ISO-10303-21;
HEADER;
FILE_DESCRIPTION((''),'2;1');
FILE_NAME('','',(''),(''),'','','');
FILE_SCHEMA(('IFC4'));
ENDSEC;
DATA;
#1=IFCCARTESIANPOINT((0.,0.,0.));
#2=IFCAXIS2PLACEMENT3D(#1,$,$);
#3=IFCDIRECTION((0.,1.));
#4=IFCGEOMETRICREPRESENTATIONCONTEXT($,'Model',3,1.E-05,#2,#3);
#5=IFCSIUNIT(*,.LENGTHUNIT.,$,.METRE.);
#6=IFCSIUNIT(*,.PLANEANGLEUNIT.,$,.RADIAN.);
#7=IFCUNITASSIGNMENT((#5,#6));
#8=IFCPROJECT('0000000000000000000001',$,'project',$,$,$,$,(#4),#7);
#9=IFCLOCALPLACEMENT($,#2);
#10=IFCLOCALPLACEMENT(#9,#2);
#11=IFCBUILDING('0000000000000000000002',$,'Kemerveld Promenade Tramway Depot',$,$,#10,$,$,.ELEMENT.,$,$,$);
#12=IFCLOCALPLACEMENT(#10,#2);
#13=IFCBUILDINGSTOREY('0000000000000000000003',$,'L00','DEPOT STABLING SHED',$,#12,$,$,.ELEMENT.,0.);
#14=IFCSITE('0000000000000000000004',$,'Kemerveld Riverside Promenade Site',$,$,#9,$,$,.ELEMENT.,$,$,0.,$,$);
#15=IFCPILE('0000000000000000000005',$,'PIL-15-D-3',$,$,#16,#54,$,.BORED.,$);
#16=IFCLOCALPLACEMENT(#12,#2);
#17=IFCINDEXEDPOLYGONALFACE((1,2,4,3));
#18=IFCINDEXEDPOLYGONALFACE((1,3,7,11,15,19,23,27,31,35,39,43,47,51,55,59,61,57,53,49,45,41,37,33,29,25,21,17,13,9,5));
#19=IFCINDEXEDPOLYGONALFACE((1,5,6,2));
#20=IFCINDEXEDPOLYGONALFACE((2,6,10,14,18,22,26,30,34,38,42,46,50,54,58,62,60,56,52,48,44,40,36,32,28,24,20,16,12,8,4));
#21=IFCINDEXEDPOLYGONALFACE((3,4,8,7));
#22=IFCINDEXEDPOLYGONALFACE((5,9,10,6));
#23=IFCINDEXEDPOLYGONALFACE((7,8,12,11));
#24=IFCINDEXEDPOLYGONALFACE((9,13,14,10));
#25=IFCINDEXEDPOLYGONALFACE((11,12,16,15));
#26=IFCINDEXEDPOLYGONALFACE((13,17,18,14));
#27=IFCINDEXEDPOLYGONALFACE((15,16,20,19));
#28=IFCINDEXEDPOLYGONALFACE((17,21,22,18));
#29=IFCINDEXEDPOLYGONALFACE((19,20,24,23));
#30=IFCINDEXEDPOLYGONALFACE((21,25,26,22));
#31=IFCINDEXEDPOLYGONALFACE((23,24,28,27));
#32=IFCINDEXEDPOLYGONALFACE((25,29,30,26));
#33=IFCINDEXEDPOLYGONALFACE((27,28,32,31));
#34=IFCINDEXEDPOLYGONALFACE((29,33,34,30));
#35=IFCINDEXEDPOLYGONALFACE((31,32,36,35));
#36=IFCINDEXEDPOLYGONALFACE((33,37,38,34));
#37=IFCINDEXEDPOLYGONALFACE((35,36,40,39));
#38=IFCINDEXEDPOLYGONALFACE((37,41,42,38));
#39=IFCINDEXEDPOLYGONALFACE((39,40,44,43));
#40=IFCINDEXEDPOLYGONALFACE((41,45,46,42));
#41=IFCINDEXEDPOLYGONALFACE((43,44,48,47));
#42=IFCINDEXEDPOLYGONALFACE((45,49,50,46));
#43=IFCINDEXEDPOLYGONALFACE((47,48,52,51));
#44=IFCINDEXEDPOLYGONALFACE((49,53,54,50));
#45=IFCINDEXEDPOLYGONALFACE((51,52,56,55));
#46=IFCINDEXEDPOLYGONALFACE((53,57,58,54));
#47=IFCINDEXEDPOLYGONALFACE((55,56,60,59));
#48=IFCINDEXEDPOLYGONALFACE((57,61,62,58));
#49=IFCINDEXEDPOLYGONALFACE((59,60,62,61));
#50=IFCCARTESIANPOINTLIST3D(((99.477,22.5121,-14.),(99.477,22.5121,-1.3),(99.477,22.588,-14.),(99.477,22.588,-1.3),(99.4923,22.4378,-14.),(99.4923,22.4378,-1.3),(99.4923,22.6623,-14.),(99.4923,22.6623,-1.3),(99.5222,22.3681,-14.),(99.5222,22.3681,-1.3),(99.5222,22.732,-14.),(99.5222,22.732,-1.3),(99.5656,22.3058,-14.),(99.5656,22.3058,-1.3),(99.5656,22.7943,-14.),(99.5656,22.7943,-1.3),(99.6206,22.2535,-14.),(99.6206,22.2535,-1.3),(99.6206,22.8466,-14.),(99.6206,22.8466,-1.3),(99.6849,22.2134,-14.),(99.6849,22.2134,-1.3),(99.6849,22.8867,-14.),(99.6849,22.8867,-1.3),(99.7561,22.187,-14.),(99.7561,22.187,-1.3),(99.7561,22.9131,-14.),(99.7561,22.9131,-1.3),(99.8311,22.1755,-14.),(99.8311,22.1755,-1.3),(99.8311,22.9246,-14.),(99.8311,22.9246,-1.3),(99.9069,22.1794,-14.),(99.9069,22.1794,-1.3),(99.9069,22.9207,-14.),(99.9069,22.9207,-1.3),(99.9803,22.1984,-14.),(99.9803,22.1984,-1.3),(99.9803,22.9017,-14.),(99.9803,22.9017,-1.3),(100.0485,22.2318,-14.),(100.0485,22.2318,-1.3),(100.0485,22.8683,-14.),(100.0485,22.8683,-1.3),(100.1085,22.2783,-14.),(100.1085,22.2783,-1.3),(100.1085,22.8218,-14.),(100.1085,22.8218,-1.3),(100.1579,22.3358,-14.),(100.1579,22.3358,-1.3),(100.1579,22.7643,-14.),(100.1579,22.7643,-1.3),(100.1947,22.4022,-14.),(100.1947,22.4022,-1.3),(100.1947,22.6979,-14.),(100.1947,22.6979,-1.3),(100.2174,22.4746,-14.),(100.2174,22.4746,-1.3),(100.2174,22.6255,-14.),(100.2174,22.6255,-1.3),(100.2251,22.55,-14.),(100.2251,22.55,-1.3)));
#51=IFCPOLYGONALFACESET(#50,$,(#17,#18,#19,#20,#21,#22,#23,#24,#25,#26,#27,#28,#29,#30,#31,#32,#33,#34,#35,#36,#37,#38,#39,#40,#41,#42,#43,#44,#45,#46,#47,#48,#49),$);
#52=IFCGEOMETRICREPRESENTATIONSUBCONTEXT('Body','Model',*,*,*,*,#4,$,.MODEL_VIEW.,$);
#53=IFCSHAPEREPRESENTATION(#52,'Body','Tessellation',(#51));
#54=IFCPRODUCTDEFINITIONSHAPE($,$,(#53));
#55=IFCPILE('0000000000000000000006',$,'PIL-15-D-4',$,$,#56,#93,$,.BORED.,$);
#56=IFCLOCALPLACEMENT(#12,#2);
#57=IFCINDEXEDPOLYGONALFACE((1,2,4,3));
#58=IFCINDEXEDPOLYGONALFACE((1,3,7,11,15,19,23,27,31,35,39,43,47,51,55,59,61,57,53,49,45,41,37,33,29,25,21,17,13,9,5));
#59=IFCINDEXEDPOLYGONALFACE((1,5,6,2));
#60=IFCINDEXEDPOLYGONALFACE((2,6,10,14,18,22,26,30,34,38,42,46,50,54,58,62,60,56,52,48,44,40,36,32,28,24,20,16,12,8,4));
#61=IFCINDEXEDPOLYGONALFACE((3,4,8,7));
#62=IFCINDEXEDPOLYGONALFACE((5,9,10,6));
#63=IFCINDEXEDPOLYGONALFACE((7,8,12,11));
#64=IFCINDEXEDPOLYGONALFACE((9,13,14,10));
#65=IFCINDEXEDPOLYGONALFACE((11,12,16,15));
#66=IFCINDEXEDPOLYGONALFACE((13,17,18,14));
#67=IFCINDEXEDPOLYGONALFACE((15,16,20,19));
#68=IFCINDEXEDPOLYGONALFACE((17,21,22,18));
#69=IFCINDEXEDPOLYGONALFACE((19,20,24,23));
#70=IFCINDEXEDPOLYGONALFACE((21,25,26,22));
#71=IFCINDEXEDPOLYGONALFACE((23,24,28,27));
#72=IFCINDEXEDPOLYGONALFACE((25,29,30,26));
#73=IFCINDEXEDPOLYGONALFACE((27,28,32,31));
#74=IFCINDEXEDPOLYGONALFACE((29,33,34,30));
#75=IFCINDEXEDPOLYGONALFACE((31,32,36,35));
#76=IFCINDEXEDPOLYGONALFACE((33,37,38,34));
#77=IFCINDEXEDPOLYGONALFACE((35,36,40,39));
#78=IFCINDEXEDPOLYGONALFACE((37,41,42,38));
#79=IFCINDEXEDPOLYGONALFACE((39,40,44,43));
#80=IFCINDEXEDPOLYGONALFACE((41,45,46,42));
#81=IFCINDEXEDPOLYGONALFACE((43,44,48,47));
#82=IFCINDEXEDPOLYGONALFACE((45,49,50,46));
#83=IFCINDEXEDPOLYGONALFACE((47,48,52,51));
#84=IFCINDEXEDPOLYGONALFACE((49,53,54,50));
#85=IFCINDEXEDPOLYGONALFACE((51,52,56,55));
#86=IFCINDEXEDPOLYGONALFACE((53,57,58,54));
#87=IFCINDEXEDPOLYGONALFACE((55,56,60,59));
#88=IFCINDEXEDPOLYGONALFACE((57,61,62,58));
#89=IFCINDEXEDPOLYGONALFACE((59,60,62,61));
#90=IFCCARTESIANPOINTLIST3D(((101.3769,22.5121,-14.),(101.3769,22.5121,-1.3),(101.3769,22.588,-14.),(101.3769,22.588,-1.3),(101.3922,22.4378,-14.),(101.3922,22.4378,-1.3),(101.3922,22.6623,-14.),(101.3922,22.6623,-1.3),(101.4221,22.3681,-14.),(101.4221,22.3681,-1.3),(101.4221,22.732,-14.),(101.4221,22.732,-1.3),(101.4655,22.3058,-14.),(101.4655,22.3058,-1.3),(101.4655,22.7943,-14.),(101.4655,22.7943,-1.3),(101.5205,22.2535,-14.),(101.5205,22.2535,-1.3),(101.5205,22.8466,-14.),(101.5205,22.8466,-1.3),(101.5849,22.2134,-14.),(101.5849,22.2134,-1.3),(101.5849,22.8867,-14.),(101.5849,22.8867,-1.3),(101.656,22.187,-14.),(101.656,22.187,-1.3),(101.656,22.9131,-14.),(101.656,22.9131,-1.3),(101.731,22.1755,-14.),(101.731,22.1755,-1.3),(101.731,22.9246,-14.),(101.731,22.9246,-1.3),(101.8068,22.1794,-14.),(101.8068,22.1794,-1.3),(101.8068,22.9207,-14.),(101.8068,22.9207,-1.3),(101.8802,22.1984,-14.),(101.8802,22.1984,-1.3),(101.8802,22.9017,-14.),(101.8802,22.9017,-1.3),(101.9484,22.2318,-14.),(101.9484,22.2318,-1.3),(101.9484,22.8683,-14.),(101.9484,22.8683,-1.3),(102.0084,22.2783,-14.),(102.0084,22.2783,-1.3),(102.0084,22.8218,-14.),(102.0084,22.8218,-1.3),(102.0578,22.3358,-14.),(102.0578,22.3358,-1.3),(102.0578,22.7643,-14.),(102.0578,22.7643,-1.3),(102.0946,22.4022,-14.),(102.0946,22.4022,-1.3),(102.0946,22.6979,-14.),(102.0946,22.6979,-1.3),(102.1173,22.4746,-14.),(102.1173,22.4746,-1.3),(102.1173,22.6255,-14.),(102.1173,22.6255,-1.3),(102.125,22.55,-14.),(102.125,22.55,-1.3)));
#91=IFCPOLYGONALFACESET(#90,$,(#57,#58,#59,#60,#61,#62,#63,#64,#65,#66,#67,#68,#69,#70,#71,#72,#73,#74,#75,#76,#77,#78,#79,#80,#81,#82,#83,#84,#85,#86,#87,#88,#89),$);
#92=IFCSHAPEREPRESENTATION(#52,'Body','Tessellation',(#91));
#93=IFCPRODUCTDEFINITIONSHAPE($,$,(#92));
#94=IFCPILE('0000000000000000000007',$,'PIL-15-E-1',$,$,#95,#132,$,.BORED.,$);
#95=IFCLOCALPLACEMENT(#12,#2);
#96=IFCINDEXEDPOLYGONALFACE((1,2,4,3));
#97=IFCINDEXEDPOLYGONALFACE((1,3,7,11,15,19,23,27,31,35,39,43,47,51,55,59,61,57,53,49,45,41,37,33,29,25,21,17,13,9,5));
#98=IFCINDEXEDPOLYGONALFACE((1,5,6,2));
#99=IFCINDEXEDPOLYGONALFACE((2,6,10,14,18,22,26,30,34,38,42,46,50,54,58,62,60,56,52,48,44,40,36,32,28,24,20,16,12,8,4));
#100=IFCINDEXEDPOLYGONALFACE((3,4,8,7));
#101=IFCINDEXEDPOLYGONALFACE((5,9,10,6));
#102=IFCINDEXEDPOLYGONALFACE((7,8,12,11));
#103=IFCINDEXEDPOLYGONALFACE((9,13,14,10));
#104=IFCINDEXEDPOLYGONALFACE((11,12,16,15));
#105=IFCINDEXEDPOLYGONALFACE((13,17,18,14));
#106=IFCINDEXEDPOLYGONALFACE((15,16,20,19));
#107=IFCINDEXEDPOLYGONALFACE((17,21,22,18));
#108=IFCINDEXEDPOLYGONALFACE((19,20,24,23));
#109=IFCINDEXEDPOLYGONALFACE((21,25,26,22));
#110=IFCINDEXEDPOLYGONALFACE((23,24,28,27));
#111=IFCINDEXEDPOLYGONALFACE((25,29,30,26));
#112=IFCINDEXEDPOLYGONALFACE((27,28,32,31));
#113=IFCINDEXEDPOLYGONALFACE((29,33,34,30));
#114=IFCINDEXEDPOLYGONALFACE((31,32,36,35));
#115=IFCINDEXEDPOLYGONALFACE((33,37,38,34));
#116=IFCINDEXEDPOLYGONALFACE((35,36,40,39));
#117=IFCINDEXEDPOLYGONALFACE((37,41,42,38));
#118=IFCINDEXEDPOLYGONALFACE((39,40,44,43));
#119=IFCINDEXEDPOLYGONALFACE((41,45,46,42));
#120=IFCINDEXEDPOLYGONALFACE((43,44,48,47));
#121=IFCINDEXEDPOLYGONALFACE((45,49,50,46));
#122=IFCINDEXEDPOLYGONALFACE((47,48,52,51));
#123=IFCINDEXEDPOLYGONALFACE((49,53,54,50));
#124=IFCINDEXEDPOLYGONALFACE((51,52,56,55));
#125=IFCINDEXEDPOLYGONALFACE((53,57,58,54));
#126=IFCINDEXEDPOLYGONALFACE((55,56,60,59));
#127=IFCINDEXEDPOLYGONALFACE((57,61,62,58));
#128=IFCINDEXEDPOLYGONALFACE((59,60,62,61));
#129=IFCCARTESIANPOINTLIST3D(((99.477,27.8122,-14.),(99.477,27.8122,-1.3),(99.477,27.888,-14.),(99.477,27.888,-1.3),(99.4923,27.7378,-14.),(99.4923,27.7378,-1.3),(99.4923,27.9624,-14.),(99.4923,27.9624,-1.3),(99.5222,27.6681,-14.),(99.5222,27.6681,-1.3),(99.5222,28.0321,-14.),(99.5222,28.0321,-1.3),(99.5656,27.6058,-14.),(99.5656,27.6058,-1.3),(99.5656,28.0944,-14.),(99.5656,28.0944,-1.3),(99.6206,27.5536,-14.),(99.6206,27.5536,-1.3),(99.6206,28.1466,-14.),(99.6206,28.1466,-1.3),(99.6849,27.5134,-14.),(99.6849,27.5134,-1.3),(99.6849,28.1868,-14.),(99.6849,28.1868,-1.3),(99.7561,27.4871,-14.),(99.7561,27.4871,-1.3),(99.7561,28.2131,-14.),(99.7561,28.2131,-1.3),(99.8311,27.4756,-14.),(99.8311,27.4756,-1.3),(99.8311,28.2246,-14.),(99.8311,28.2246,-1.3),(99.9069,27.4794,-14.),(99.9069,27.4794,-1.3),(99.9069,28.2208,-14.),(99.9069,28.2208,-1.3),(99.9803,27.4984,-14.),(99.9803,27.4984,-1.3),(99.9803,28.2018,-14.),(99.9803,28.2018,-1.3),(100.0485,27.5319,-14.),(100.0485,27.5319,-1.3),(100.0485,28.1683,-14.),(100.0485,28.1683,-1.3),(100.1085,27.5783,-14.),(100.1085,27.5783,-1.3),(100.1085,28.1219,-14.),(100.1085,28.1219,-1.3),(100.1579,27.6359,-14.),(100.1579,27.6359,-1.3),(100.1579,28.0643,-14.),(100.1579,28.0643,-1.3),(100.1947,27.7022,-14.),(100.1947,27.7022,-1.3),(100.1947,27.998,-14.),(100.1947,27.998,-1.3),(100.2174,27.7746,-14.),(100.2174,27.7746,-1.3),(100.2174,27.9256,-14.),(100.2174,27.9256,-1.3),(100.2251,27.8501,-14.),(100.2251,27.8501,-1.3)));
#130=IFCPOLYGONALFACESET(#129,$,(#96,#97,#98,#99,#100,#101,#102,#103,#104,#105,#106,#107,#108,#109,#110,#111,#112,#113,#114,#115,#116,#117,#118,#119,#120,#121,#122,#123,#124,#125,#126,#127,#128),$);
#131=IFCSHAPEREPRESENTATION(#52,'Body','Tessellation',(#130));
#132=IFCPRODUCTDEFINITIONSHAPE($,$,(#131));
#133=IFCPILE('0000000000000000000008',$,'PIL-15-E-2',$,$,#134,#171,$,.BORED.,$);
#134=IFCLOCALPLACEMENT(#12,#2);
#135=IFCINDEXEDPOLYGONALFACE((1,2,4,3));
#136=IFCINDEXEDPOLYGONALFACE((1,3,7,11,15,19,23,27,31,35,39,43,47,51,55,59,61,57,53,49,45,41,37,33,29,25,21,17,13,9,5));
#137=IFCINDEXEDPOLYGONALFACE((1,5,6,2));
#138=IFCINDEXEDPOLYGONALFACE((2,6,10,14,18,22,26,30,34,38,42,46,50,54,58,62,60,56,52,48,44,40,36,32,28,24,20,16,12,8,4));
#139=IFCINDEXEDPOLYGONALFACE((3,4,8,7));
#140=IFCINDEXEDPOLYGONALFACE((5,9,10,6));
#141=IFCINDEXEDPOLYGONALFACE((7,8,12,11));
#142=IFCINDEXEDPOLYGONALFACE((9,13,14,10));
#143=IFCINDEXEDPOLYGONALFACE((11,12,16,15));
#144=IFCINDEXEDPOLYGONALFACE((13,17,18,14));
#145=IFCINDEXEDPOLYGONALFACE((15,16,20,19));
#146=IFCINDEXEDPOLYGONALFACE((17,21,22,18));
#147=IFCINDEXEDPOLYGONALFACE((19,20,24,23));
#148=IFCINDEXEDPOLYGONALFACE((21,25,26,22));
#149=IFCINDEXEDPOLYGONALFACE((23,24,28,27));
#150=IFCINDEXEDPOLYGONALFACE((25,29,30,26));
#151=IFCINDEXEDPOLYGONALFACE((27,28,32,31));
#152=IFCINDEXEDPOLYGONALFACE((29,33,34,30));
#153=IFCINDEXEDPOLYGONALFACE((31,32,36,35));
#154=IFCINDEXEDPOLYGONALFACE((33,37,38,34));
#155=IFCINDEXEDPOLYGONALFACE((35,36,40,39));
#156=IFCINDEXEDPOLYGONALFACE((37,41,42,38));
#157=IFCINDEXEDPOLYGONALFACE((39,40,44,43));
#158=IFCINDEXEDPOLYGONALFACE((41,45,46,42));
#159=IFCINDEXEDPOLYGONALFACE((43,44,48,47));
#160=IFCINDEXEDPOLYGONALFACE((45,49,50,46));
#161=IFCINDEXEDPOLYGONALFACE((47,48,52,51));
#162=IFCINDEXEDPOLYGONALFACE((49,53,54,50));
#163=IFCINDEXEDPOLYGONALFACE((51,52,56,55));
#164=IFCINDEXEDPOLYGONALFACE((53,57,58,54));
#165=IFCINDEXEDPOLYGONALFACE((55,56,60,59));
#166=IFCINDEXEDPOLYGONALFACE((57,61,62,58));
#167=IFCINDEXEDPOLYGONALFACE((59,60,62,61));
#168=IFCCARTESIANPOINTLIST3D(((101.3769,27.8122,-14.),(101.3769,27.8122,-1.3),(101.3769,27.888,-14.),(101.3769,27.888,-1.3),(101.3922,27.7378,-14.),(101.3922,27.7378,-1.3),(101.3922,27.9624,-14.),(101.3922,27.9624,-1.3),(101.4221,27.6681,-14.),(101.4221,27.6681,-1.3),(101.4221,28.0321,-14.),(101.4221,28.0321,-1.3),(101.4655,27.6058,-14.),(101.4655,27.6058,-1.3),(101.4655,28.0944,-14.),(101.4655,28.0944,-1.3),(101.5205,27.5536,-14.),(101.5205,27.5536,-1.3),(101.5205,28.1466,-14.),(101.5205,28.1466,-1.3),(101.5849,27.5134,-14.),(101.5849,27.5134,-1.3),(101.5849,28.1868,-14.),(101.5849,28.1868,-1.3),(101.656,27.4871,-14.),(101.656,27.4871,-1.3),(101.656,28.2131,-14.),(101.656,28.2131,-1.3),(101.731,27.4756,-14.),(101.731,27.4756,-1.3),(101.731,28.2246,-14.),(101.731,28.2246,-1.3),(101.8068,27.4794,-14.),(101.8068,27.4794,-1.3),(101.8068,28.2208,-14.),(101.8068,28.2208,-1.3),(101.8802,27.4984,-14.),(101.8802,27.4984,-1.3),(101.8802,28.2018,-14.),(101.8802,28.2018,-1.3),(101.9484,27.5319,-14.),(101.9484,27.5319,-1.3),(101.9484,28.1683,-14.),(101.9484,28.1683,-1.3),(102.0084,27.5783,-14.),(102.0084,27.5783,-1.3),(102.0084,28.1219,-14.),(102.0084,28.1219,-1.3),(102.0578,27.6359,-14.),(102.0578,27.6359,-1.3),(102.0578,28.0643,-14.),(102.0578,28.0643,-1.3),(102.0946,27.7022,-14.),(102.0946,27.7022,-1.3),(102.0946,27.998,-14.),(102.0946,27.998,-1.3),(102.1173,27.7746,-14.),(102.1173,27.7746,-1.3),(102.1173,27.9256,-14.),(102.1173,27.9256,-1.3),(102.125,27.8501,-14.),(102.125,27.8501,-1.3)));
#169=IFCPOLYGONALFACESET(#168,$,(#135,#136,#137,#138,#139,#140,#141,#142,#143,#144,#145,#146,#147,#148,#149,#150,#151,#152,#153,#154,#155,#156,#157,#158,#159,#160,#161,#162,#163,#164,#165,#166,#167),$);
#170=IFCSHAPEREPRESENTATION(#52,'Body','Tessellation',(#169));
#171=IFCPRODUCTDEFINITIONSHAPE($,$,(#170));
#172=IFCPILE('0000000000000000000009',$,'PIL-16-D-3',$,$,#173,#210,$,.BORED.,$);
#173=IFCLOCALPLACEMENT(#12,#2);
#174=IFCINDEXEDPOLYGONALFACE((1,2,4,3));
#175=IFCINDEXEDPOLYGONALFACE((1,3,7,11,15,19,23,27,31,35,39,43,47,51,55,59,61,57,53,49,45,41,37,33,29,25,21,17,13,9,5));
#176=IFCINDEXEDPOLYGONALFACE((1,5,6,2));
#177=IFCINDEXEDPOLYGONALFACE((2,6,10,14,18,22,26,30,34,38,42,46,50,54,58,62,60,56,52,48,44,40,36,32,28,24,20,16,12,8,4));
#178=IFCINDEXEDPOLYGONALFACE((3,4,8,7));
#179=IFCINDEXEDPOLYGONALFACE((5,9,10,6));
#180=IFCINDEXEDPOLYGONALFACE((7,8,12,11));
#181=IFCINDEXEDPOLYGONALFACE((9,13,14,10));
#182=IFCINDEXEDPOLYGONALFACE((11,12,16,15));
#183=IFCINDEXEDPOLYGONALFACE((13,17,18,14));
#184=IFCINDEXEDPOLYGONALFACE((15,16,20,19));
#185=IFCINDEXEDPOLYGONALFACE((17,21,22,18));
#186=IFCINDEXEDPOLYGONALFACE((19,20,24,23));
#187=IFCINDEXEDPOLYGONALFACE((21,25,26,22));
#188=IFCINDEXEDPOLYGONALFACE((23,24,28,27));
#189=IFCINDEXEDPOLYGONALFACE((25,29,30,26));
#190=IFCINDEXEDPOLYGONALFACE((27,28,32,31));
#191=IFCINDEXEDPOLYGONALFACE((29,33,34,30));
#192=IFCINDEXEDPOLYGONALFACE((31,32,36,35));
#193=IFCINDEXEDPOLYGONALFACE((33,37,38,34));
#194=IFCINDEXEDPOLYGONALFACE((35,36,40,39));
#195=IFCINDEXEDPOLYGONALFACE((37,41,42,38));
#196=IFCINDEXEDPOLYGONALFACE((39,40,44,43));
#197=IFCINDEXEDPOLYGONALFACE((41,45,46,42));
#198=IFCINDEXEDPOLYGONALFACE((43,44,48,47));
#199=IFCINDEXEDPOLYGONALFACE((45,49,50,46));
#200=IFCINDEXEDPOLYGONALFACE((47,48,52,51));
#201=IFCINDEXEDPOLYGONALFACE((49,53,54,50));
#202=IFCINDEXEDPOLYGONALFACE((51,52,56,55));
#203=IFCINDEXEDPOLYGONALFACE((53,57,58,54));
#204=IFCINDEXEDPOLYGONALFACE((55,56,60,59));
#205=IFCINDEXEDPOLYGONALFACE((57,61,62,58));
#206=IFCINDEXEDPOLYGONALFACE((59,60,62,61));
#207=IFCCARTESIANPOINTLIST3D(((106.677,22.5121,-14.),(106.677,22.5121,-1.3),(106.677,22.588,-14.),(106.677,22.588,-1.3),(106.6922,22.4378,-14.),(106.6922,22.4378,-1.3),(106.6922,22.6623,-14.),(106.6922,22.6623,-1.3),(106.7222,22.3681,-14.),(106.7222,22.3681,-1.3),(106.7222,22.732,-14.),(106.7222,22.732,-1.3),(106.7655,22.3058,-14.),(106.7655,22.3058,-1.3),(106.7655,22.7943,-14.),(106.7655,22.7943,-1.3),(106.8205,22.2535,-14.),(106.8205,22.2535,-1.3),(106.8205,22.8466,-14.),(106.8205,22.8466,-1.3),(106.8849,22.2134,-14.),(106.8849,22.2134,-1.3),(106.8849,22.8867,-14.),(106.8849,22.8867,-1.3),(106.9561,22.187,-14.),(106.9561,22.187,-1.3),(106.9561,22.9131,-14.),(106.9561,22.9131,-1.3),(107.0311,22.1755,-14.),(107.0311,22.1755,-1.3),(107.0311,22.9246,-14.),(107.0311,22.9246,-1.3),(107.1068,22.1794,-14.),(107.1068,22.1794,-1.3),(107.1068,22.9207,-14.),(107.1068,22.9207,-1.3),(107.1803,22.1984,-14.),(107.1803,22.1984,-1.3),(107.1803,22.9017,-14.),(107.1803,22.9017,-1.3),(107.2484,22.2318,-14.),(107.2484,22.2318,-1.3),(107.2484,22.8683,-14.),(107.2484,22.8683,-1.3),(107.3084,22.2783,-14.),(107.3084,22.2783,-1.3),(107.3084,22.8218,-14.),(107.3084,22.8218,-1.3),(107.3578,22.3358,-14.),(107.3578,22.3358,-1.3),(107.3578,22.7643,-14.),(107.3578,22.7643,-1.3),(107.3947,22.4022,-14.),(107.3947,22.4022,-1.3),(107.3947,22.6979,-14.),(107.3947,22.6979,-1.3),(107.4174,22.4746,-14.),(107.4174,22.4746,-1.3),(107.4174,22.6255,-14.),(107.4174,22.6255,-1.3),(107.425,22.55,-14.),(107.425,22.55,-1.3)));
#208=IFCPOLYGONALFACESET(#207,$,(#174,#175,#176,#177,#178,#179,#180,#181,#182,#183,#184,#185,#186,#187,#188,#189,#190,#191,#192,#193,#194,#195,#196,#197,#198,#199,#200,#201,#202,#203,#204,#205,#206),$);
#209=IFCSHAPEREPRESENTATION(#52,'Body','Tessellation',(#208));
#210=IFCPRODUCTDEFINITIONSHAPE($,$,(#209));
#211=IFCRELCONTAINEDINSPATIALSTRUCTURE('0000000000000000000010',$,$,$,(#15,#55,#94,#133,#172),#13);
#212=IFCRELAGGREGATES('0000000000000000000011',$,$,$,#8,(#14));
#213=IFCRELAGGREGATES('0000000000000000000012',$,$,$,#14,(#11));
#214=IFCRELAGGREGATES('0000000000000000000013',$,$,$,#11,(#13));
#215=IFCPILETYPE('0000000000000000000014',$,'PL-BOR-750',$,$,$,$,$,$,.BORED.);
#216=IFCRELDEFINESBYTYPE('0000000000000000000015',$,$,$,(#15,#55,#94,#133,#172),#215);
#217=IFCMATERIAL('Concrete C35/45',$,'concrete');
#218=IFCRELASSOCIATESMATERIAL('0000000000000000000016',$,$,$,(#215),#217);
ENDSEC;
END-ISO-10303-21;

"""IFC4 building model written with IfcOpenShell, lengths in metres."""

from ifc_helpers import new_model, si_unit, direction, frame, origin, origin_2d, place, context, subcontext, project, spatial, circle, extrude, material, material_profile, profile_set, type_object, element, save


model = new_model("IFC4")

# Units and contexts
model_context = context("Model", 3, precision=1e-05, world=origin(), true_north=direction((0.0, 1.0)))
body_context = subcontext(model_context, "Body", "Model", "MODEL_VIEW")
ifc_project = project(units=[si_unit("LENGTHUNIT", "METRE"), si_unit("PLANEANGLEUNIT", "RADIAN")], contexts=[model_context])

# Site, building, storey
site_placement = place(None, origin())
site = spatial("IfcSite", under=ifc_project, at=site_placement, Name="Kemerveld Riverside Promenade Site", CompositionType="ELEMENT", RefElevation=0.0)
building_placement = place(site_placement, origin())
building = spatial("IfcBuilding", under=site, at=building_placement, Name="Kemerveld Promenade Tramway Depot", CompositionType="ELEMENT")
storey_placement = place(building_placement, origin())
storey = spatial("IfcBuildingStorey", under=building, at=storey_placement, Name="L00", Description="DEPOT STABLING SHED", CompositionType="ELEMENT", Elevation=0.0)

# Shared definitions
ifc_material_1 = material(Name="Concrete C35/45", Category="concrete")

# Piles
ifc_material_profile_1 = material_profile(ifc_material_1, circle(Radius=0.375, at=origin_2d()), Name="PILE-D750")
ifc_profile_set_1 = profile_set([ifc_material_profile_1], Name="Concrete C35/45")
pile_type = type_object("IfcPileType", Name="PL-BOR-750", PredefinedType="BORED", material=ifc_profile_set_1)
for number, where, z_axis, x_axis, name in (
    (1, (99.8501, 22.55, -1.3), (0.0, 0.0, -1.0), (1.0, 0.0, 0.0), "PIL-15-D-3"),
    (2, (101.75, 22.55, -1.3), (0.0, 0.0, -1.0), (1.0, 0.0, 0.0), "PIL-15-D-4"),
    (3, (99.8501, 27.8501, -1.3), (0.0, 0.0, -1.0), (1.0, 0.0, 0.0), "PIL-15-E-1"),
    (4, (101.75, 27.8501, -1.3), (0.0, 0.0, -1.0), (1.0, 0.0, 0.0), "PIL-15-E-2"),
    (5, (107.05, 22.55, -1.3), (0.0, 0.0, -1.0), (1.0, 0.0, 0.0), "PIL-16-D-3"),
):
    element("IfcPile", number, at=place(storey_placement, frame(where, z_axis=z_axis, x_axis=x_axis)), inside=storey, type_object=pile_type, Name=name, PredefinedType="BORED", context=body_context, shape_type="SweptSolid", body=[
        extrude(circle(Radius=0.375, at=origin_2d()), origin(), (0.0, 0.0, 1.0), 12.7),
    ])

save(model, "model.ifc")
